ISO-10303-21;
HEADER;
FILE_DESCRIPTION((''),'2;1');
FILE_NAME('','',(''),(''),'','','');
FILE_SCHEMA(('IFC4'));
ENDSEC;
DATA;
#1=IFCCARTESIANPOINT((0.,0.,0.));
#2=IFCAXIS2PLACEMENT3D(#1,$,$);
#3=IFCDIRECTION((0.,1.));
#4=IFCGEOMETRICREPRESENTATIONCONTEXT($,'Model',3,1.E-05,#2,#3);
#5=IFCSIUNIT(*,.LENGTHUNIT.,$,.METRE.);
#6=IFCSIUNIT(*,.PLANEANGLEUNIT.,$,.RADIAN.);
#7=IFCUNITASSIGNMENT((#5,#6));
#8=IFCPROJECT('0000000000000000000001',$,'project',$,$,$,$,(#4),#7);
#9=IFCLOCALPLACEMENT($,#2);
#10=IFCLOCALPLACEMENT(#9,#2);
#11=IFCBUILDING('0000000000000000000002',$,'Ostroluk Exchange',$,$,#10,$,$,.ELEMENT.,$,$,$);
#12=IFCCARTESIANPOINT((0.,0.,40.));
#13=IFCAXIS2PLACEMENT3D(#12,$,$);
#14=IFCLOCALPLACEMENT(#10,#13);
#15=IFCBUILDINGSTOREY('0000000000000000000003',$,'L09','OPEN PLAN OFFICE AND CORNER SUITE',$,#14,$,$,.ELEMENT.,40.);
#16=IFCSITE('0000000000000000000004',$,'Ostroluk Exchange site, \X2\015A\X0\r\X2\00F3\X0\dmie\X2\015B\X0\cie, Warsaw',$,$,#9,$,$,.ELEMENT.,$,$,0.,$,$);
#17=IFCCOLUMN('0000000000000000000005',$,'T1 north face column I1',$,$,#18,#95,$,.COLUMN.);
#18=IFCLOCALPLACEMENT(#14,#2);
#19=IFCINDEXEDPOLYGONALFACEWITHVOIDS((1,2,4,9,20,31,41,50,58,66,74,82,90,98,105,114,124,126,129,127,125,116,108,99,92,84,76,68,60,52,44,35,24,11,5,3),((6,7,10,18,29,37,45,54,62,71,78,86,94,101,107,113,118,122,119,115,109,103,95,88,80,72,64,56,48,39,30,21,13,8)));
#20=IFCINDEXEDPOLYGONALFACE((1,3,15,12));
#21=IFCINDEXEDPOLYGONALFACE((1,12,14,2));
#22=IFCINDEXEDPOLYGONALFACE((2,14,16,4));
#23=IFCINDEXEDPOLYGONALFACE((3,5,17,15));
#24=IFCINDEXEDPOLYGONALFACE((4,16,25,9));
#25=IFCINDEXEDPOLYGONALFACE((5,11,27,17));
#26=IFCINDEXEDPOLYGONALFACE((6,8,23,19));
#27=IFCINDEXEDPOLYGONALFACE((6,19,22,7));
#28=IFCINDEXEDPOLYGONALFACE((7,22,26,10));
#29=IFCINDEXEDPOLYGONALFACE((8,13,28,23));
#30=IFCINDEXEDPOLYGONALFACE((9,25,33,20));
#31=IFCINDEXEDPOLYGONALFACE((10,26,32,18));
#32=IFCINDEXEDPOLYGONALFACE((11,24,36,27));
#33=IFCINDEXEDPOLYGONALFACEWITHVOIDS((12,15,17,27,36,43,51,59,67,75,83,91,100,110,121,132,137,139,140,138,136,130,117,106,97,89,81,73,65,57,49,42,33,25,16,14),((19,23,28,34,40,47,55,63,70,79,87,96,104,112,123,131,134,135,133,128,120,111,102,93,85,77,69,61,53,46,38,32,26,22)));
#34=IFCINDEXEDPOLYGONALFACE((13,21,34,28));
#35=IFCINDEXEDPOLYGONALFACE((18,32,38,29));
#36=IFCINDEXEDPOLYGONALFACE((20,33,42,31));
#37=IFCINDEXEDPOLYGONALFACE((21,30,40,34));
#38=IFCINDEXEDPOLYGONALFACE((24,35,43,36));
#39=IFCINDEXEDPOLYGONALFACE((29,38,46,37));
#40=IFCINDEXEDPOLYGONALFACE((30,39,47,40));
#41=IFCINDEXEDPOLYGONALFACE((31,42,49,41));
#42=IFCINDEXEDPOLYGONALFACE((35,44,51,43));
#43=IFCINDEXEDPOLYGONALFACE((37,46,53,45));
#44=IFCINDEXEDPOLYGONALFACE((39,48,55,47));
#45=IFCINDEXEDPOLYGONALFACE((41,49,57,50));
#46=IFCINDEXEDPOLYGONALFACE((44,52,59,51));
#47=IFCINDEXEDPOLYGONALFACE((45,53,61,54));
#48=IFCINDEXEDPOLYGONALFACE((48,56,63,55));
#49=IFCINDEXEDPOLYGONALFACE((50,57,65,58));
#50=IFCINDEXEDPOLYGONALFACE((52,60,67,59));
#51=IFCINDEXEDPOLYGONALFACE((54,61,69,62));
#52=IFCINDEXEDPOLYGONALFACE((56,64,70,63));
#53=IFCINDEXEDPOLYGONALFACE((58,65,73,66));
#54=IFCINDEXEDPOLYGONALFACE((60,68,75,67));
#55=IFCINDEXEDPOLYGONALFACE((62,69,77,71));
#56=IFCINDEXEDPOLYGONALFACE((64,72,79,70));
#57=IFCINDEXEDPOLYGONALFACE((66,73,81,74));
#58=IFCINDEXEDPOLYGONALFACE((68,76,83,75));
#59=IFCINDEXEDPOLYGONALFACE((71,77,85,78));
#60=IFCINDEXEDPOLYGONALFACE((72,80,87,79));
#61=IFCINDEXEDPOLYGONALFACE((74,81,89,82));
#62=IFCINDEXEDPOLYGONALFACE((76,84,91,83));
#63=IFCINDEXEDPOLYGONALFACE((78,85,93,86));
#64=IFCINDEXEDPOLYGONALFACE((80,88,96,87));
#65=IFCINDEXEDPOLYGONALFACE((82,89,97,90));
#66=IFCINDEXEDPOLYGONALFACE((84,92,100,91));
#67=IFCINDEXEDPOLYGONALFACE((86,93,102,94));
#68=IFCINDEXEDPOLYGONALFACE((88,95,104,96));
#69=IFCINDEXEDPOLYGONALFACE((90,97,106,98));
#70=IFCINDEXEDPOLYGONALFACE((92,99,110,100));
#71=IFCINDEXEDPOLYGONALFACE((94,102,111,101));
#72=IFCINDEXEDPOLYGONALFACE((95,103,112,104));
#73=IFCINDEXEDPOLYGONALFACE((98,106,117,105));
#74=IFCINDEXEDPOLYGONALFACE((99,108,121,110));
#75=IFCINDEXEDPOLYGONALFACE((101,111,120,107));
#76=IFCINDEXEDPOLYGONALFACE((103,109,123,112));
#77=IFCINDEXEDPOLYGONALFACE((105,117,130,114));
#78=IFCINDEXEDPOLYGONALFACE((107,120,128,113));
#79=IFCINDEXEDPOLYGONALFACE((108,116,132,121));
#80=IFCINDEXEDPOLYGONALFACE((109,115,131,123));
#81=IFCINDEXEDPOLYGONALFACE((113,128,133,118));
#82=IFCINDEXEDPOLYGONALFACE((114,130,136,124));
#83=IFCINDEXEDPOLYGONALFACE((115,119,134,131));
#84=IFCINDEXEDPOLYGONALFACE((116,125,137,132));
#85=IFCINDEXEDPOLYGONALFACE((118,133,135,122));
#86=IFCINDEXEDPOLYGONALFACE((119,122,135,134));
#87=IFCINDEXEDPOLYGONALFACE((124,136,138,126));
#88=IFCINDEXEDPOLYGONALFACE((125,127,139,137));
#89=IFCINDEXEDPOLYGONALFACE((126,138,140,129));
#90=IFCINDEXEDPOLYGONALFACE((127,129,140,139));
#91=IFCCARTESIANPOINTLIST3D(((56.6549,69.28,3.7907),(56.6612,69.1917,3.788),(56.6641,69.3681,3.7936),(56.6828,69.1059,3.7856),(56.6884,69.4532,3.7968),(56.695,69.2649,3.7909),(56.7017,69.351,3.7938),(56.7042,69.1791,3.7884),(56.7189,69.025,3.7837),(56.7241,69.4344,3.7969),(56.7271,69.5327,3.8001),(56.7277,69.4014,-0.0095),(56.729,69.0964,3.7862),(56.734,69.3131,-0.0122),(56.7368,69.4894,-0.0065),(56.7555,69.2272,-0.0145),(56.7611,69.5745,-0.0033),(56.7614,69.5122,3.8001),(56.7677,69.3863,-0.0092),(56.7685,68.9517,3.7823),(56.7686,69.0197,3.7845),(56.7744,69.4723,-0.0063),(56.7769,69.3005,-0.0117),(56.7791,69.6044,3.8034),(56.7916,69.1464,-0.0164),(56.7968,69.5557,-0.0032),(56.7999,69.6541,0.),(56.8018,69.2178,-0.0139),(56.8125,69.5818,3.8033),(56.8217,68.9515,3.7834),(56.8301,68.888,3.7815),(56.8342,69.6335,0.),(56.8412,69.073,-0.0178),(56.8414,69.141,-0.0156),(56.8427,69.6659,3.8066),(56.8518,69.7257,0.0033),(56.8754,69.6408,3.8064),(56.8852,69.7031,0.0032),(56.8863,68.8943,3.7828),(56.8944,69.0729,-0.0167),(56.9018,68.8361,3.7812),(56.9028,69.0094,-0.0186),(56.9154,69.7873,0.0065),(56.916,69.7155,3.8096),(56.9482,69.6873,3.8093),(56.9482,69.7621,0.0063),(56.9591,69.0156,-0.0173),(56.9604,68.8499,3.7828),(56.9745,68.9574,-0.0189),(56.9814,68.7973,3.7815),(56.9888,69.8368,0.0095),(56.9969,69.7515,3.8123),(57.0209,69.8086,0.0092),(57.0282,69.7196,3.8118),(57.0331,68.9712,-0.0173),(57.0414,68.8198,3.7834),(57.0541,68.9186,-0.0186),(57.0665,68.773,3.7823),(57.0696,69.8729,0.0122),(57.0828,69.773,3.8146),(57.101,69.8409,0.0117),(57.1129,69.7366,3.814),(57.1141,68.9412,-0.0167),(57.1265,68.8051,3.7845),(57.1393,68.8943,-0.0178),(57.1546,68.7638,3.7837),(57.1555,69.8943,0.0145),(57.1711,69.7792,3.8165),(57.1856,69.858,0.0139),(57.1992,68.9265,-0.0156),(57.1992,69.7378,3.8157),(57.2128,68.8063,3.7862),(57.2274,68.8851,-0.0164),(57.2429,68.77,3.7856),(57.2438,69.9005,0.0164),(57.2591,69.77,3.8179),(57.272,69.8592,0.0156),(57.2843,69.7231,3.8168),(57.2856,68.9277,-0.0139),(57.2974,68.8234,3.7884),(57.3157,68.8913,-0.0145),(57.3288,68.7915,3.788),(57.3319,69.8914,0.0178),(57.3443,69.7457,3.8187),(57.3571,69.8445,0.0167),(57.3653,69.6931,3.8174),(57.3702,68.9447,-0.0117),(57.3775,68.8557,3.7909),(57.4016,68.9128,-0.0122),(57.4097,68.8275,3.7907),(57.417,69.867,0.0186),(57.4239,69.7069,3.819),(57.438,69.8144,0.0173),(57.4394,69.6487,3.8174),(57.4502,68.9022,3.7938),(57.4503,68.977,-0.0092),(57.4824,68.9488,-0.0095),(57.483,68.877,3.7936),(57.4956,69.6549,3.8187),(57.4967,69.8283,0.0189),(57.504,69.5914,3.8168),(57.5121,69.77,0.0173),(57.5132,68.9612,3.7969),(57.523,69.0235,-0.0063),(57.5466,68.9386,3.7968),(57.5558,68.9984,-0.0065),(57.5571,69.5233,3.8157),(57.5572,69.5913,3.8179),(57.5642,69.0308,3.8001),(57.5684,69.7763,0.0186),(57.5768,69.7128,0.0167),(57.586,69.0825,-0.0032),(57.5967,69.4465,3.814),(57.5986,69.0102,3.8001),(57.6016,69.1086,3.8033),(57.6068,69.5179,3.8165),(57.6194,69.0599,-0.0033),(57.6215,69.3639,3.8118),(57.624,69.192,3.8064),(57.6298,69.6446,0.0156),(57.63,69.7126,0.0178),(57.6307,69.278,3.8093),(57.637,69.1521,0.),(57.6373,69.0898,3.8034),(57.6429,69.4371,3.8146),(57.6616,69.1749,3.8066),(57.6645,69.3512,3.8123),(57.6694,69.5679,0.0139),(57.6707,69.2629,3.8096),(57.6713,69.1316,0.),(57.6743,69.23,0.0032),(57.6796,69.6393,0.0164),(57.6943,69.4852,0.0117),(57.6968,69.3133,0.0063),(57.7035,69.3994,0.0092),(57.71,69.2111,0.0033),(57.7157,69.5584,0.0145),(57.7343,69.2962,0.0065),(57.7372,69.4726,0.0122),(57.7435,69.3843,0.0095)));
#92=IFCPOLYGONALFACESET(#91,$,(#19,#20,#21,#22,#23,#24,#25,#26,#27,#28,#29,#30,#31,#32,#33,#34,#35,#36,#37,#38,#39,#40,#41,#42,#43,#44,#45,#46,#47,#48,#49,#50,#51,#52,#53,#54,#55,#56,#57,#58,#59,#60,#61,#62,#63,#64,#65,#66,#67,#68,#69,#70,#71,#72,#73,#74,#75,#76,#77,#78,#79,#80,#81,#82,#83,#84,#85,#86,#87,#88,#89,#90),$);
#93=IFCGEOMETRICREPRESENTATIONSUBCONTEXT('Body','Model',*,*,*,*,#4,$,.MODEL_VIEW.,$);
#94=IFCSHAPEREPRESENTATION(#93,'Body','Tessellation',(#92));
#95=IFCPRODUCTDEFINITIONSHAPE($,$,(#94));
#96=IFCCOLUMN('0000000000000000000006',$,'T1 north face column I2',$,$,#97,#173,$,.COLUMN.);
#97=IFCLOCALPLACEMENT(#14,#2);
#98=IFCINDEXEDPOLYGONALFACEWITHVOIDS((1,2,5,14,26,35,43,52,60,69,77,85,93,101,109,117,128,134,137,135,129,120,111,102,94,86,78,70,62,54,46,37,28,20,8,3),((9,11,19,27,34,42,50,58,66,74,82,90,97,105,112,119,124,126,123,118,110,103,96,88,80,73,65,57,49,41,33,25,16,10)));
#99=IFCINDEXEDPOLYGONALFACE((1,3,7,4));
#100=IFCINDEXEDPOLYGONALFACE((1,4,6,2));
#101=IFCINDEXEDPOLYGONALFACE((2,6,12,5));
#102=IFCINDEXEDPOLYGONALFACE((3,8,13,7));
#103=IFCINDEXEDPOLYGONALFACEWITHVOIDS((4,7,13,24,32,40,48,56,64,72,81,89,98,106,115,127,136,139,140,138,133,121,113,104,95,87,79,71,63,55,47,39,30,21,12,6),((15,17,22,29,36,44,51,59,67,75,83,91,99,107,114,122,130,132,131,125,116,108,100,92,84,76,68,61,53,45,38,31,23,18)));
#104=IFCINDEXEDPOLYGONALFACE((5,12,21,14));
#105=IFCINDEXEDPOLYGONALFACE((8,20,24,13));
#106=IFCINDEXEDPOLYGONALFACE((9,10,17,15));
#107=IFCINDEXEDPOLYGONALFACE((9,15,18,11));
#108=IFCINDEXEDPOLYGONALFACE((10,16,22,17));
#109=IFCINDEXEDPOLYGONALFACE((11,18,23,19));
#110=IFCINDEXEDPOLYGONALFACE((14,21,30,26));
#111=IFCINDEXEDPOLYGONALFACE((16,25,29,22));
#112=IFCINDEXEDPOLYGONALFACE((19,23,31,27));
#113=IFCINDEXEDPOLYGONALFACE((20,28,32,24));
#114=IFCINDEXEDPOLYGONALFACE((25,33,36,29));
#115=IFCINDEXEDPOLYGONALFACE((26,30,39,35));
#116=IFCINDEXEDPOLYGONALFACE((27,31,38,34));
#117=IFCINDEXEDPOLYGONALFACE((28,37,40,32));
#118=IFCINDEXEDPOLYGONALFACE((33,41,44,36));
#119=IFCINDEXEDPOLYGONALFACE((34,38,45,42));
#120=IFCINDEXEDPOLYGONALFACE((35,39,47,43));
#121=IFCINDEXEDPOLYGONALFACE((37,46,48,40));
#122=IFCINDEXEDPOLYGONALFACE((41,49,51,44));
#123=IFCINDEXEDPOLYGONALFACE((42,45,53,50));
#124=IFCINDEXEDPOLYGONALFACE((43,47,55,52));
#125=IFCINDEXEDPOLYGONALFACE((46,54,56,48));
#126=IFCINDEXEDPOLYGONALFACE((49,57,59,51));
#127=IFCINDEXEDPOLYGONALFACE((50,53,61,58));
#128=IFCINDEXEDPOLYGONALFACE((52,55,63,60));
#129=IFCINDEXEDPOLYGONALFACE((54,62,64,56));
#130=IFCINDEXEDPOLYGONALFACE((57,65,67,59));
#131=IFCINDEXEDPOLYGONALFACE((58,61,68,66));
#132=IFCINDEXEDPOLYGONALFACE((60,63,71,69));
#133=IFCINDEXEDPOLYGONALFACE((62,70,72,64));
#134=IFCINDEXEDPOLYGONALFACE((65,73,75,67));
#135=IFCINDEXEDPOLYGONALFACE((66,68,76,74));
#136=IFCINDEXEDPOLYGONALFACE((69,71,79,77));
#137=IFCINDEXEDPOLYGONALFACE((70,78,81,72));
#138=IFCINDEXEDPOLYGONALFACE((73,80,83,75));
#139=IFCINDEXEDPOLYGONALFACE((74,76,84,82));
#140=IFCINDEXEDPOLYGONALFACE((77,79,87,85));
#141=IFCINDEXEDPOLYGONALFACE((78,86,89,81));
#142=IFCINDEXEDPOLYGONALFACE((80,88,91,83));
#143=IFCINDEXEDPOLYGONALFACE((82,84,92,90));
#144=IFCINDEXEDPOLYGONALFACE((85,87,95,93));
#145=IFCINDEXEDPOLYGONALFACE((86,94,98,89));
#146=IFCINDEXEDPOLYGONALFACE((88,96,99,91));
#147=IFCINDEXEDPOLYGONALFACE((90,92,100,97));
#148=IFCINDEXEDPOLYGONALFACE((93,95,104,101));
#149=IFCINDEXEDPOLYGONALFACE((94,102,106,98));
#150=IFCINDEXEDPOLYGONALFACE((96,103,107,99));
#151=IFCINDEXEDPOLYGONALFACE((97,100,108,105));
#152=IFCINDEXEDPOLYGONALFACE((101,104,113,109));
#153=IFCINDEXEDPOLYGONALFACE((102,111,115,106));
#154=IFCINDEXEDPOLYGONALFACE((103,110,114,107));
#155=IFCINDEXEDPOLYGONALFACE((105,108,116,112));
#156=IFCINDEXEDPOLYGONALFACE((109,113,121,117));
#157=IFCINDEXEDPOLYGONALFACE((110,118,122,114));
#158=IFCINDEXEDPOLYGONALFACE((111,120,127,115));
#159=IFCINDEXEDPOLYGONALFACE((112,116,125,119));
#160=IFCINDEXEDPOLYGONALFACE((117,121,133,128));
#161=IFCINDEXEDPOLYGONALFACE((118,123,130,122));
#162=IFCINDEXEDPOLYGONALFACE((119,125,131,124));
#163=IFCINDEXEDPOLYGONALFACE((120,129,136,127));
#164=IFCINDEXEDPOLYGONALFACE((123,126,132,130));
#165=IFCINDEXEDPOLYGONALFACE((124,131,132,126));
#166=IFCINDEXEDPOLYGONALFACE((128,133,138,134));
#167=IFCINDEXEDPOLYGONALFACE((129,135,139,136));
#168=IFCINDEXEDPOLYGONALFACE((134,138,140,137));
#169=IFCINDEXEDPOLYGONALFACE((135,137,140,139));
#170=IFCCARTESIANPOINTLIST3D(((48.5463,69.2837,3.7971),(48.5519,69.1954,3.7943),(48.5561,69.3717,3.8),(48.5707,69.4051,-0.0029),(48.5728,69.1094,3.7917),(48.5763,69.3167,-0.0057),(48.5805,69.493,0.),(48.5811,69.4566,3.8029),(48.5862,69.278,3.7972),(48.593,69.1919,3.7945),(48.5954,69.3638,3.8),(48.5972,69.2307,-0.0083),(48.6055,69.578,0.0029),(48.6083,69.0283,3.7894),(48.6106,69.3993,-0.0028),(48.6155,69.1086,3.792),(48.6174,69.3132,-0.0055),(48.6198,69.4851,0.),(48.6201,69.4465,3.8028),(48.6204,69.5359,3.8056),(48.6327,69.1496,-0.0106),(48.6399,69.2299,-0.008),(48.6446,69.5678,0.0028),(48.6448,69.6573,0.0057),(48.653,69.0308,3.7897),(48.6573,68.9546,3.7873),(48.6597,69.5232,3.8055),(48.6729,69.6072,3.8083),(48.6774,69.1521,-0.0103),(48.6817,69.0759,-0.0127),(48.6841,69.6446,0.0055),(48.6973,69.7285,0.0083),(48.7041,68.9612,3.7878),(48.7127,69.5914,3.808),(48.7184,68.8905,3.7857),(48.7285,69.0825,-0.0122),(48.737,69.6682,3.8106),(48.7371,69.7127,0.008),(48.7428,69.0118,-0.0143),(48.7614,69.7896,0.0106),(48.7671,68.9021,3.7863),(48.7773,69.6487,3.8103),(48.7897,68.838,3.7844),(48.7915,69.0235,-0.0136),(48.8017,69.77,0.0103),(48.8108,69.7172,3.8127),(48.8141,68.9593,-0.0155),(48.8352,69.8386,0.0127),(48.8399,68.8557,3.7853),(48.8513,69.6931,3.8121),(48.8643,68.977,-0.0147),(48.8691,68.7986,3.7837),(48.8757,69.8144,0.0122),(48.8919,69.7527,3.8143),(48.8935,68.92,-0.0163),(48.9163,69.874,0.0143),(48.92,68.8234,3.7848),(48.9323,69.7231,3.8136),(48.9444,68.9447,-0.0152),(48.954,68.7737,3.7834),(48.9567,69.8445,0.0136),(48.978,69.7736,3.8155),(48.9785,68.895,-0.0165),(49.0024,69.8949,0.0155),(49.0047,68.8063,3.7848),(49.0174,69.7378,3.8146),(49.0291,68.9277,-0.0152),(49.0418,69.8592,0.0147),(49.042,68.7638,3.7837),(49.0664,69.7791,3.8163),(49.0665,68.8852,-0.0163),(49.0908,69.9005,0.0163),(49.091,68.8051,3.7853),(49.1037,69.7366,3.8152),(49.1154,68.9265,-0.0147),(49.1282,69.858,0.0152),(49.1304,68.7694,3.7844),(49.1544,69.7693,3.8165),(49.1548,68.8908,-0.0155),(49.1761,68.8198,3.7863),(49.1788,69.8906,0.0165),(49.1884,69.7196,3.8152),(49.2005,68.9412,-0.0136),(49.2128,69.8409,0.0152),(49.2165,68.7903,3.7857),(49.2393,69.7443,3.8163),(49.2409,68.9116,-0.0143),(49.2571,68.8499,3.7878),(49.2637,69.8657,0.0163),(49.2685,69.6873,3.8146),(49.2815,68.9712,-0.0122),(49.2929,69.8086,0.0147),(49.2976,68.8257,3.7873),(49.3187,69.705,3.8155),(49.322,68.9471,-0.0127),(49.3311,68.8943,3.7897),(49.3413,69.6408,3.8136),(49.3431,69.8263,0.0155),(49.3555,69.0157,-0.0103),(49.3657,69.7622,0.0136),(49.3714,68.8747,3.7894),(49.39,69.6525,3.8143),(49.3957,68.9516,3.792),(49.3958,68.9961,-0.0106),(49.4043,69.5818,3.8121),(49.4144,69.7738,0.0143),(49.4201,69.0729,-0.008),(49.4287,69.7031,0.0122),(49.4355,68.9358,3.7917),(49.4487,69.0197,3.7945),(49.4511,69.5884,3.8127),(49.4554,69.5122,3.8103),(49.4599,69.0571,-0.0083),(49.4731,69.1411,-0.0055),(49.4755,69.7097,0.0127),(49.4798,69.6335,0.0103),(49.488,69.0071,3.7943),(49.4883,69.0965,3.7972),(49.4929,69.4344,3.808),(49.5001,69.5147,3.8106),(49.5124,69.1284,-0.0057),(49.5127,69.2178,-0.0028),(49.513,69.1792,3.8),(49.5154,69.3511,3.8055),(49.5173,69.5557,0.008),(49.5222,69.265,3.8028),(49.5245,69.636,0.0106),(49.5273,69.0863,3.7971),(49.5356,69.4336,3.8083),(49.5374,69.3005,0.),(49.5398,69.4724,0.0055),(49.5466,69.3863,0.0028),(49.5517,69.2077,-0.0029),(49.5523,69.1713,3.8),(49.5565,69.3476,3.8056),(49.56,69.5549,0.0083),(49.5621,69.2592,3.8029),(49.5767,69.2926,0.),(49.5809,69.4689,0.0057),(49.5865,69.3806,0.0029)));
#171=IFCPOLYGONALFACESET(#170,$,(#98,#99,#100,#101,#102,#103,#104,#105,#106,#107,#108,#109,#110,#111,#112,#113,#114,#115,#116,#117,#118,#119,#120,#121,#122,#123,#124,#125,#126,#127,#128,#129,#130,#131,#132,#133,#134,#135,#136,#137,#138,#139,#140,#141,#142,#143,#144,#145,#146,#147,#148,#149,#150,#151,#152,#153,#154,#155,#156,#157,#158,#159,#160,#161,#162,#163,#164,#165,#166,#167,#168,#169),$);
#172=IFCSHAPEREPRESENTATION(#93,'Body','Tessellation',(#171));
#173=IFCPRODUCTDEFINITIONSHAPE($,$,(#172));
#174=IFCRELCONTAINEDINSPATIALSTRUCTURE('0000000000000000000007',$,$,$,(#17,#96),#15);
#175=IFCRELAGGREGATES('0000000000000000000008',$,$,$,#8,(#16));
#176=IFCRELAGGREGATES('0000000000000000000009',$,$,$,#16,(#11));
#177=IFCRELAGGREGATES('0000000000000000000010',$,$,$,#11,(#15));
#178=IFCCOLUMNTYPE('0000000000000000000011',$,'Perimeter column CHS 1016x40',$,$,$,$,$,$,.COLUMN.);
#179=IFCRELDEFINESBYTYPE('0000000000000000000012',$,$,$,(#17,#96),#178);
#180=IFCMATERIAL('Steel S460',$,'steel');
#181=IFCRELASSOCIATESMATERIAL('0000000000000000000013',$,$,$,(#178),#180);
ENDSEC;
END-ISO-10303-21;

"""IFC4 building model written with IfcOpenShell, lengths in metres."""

from ifc_helpers import new_model, si_unit, direction, frame, origin, origin_2d, place, context, subcontext, project, spatial, hollow_circle, extrude, material, material_profile, profile_set, type_object, element, save


model = new_model("IFC4")

# Units and contexts
model_context = context("Model", 3, precision=1e-05, world=origin(), true_north=direction((0.0, 1.0)))
body_context = subcontext(model_context, "Body", "Model", "MODEL_VIEW")
ifc_project = project(units=[si_unit("LENGTHUNIT", "METRE"), si_unit("PLANEANGLEUNIT", "RADIAN")], contexts=[model_context])

# Site, building, storey
site_placement = place(None, origin())
site = spatial("IfcSite", under=ifc_project, at=site_placement, Name="Ostroluk Exchange site, Śródmieście, Warsaw", CompositionType="ELEMENT", RefElevation=0.0)
building_placement = place(site_placement, origin())
building = spatial("IfcBuilding", under=site, at=building_placement, Name="Ostroluk Exchange", CompositionType="ELEMENT")
storey_placement = place(building_placement, frame((0.0, 0.0, 40.0)))
storey = spatial("IfcBuildingStorey", under=building, at=storey_placement, Name="L09", Description="OPEN PLAN OFFICE AND CORNER SUITE", CompositionType="ELEMENT", Elevation=40.0)

# Columns
ifc_material_1 = material(Name="Steel S460", Category="steel")
ifc_material_profile_1 = material_profile(ifc_material_1, hollow_circle(Radius=0.5081, WallThickness=0.04, at=origin_2d()), Name="CHS 1016x40")
ifc_profile_set_1 = profile_set([ifc_material_profile_1], Name="Steel S460")
column_type = type_object("IfcColumnType", Name="Perimeter column CHS 1016x40", PredefinedType="COLUMN", material=ifc_profile_set_1)
column_1_placement = place(storey_placement, frame((57.2356, 69.3928, 0.0), z_axis=(-0.019132, -0.031909, 0.999308), x_axis=(0.857645, -0.514242, 0.0)))
element("IfcColumn", 1, at=column_1_placement, inside=storey, type_object=column_type, Name="T1 north face column I1", PredefinedType="COLUMN", context=body_context, shape_type="SweptSolid", body=[
    extrude(hollow_circle(Radius=0.5081, WallThickness=0.04, at=origin_2d()), origin(), (0.0, 0.0, 1.0), 3.8027),
])
column_2_placement = place(storey_placement, frame((49.0786, 69.3928, 0.0), z_axis=(-0.006421, -0.031914, 0.99947), x_axis=(0.980352, -0.197254, 0.0)))
element("IfcColumn", 2, at=column_2_placement, inside=storey, type_object=column_type, Name="T1 north face column I2", PredefinedType="COLUMN", context=body_context, shape_type="SweptSolid", body=[
    extrude(hollow_circle(Radius=0.5081, WallThickness=0.04, at=origin_2d()), origin(), (0.0, 0.0, 1.0), 3.802),
])

save(model, "model.ifc")
